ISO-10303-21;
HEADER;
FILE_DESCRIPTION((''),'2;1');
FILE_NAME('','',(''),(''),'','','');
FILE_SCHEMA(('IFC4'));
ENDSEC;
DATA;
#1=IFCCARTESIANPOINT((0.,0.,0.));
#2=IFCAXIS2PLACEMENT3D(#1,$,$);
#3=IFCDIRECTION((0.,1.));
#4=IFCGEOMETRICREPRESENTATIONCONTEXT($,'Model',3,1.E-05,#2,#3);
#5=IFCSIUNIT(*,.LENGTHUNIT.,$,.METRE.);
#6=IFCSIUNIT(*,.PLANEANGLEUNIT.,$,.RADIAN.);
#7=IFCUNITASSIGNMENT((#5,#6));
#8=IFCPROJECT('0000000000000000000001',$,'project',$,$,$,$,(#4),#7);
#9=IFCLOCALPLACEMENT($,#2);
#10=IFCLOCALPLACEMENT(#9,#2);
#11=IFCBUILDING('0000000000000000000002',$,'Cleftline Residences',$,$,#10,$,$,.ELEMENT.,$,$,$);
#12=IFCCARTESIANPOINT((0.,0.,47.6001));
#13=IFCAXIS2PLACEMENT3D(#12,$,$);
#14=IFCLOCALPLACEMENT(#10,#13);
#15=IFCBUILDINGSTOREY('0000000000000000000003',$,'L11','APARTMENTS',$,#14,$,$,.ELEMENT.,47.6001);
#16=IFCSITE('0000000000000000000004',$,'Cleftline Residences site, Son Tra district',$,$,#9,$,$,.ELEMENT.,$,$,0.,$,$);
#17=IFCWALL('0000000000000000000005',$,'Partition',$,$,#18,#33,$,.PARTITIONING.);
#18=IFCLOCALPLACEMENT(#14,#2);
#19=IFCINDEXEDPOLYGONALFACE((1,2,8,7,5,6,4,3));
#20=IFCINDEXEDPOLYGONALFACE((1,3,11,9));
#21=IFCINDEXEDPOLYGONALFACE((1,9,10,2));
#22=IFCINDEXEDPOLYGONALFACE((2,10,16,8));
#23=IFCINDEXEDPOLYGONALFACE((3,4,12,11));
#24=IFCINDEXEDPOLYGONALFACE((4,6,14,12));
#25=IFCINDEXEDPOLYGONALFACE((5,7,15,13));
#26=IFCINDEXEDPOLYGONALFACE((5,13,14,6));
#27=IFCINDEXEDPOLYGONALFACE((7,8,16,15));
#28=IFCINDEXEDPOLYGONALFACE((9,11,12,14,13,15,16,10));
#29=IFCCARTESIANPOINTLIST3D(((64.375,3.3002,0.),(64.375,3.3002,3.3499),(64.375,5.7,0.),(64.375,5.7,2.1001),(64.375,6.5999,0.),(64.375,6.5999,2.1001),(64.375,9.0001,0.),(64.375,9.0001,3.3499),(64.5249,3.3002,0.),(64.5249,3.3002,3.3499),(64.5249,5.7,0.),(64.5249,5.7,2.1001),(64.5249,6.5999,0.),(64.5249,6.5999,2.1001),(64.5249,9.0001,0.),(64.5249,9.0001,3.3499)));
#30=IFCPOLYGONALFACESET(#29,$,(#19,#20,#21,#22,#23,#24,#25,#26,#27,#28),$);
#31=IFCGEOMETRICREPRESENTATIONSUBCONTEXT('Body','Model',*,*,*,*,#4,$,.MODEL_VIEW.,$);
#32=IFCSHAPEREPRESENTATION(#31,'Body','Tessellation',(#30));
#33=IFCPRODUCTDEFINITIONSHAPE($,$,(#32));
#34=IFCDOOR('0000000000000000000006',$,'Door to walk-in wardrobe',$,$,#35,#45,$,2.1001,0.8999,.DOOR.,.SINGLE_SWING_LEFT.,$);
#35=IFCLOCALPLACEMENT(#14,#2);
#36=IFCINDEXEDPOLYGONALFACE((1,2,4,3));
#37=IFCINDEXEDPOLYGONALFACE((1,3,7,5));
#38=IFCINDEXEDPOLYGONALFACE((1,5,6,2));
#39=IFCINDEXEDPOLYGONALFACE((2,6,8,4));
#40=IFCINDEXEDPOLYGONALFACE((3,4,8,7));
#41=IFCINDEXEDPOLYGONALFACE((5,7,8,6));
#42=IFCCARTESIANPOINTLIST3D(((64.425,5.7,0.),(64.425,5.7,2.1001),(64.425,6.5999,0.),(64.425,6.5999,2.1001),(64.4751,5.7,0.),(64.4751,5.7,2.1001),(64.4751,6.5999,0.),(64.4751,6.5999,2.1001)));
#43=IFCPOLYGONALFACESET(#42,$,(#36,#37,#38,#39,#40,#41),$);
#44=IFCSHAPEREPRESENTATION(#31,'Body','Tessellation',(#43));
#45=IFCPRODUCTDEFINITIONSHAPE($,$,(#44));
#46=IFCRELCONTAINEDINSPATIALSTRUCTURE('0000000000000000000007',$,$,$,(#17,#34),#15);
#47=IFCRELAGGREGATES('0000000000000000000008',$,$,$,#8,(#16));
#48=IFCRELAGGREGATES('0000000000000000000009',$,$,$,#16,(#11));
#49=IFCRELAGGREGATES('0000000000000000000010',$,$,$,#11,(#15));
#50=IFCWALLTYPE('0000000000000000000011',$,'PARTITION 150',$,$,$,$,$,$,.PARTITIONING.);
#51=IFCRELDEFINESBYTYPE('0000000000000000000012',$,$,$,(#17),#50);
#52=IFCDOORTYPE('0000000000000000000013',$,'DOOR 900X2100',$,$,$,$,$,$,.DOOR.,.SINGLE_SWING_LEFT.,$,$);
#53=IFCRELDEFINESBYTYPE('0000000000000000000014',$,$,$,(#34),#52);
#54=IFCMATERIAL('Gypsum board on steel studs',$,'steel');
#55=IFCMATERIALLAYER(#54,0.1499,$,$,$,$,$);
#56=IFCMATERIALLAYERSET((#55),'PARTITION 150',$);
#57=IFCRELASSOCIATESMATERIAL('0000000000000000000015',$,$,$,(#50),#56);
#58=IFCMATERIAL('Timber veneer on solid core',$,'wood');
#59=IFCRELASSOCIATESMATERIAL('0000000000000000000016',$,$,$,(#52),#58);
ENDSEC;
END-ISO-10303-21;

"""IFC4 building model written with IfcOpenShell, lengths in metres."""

from ifc_helpers import new_model, si_unit, direction, frame, frame_2d, origin, place, context, subcontext, project, spatial, rectangle, extrude, material, layer, layer_set, type_object, element, fill, save


model = new_model("IFC4")

# Units and contexts
model_context = context("Model", 3, precision=1e-05, world=origin(), true_north=direction((0.0, 1.0)))
body_context = subcontext(model_context, "Body", "Model", "MODEL_VIEW")
ifc_project = project(units=[si_unit("LENGTHUNIT", "METRE"), si_unit("PLANEANGLEUNIT", "RADIAN")], contexts=[model_context])

# Site, building, storey
site_placement = place(None, origin())
site = spatial("IfcSite", under=ifc_project, at=site_placement, Name="Cleftline Residences site, Son Tra district", CompositionType="ELEMENT", RefElevation=0.0)
building_placement = place(site_placement, origin())
building = spatial("IfcBuilding", under=site, at=building_placement, Name="Cleftline Residences", CompositionType="ELEMENT")
storey_placement = place(building_placement, frame((0.0, 0.0, 47.6001)))
storey = spatial("IfcBuildingStorey", under=building, at=storey_placement, Name="L11", Description="APARTMENTS", CompositionType="ELEMENT", Elevation=47.6001)

# Wall, opening, door
ifc_material_1 = material(Name="Gypsum board on steel studs", Category="steel")
ifc_layer_1 = layer(ifc_material_1, 0.1499)
ifc_layer_set_1 = layer_set([ifc_layer_1], Name="PARTITION 150")
wall_type_1 = type_object("IfcWallType", Name="PARTITION 150", PredefinedType="PARTITIONING", material=ifc_layer_set_1)
wall_1_placement = place(storey_placement, frame((64.45, 3.3, 0.0), z_axis=(0.0, 0.0, 1.0), x_axis=(0.0, 1.0, 0.0)))
wall_1 = element("IfcWall", 1, at=wall_1_placement, inside=storey, type_object=wall_type_1, Name="Partition", PredefinedType="PARTITIONING", context=body_context, shape_type="SweptSolid", body=[
    extrude(rectangle(XDim=5.7, YDim=0.1499, at=frame_2d((2.8501, 0.0))), origin(), (0.0, 0.0, 1.0), 3.3499),
])
opening_1_placement = place(wall_1_placement, frame((2.3999, 0.0, 0.0)))
opening_1 = element("IfcOpeningElement", 2, at=opening_1_placement, cuts=wall_1, PredefinedType="OPENING", context=body_context, shape_type="SweptSolid", body=[
    extrude(rectangle(XDim=0.8999, YDim=2.1001, at=frame_2d((0.45, 1.05))), frame((0.0, 0.085, 0.0), z_axis=(0.0, -1.0, 0.0), x_axis=(1.0, 0.0, 0.0)), (0.0, 0.0, 1.0), 0.1699),
])
ifc_material_2 = material(Name="Timber veneer on solid core", Category="wood")
door_type = type_object("IfcDoorType", Name="DOOR 900X2100", OperationType="SINGLE_SWING_LEFT", PredefinedType="DOOR", material=ifc_material_2)
door_placement = place(opening_1_placement, origin())
door = element("IfcDoor", 3, at=door_placement, inside=storey, type_object=door_type, Name="Door to walk-in wardrobe", OperationType="SINGLE_SWING_LEFT", OverallHeight=2.1001, OverallWidth=0.8999, PredefinedType="DOOR", context=body_context, shape_type="SweptSolid", body=[
    extrude(rectangle(XDim=0.8999, YDim=2.1001, at=frame_2d((0.45, 1.05))), frame((0.0, 0.0249, 0.0), z_axis=(0.0, -1.0, 0.0), x_axis=(1.0, 0.0, 0.0)), (0.0, 0.0, 1.0), 0.05),
])
fill(opening_1, door)

save(model, "model.ifc")
